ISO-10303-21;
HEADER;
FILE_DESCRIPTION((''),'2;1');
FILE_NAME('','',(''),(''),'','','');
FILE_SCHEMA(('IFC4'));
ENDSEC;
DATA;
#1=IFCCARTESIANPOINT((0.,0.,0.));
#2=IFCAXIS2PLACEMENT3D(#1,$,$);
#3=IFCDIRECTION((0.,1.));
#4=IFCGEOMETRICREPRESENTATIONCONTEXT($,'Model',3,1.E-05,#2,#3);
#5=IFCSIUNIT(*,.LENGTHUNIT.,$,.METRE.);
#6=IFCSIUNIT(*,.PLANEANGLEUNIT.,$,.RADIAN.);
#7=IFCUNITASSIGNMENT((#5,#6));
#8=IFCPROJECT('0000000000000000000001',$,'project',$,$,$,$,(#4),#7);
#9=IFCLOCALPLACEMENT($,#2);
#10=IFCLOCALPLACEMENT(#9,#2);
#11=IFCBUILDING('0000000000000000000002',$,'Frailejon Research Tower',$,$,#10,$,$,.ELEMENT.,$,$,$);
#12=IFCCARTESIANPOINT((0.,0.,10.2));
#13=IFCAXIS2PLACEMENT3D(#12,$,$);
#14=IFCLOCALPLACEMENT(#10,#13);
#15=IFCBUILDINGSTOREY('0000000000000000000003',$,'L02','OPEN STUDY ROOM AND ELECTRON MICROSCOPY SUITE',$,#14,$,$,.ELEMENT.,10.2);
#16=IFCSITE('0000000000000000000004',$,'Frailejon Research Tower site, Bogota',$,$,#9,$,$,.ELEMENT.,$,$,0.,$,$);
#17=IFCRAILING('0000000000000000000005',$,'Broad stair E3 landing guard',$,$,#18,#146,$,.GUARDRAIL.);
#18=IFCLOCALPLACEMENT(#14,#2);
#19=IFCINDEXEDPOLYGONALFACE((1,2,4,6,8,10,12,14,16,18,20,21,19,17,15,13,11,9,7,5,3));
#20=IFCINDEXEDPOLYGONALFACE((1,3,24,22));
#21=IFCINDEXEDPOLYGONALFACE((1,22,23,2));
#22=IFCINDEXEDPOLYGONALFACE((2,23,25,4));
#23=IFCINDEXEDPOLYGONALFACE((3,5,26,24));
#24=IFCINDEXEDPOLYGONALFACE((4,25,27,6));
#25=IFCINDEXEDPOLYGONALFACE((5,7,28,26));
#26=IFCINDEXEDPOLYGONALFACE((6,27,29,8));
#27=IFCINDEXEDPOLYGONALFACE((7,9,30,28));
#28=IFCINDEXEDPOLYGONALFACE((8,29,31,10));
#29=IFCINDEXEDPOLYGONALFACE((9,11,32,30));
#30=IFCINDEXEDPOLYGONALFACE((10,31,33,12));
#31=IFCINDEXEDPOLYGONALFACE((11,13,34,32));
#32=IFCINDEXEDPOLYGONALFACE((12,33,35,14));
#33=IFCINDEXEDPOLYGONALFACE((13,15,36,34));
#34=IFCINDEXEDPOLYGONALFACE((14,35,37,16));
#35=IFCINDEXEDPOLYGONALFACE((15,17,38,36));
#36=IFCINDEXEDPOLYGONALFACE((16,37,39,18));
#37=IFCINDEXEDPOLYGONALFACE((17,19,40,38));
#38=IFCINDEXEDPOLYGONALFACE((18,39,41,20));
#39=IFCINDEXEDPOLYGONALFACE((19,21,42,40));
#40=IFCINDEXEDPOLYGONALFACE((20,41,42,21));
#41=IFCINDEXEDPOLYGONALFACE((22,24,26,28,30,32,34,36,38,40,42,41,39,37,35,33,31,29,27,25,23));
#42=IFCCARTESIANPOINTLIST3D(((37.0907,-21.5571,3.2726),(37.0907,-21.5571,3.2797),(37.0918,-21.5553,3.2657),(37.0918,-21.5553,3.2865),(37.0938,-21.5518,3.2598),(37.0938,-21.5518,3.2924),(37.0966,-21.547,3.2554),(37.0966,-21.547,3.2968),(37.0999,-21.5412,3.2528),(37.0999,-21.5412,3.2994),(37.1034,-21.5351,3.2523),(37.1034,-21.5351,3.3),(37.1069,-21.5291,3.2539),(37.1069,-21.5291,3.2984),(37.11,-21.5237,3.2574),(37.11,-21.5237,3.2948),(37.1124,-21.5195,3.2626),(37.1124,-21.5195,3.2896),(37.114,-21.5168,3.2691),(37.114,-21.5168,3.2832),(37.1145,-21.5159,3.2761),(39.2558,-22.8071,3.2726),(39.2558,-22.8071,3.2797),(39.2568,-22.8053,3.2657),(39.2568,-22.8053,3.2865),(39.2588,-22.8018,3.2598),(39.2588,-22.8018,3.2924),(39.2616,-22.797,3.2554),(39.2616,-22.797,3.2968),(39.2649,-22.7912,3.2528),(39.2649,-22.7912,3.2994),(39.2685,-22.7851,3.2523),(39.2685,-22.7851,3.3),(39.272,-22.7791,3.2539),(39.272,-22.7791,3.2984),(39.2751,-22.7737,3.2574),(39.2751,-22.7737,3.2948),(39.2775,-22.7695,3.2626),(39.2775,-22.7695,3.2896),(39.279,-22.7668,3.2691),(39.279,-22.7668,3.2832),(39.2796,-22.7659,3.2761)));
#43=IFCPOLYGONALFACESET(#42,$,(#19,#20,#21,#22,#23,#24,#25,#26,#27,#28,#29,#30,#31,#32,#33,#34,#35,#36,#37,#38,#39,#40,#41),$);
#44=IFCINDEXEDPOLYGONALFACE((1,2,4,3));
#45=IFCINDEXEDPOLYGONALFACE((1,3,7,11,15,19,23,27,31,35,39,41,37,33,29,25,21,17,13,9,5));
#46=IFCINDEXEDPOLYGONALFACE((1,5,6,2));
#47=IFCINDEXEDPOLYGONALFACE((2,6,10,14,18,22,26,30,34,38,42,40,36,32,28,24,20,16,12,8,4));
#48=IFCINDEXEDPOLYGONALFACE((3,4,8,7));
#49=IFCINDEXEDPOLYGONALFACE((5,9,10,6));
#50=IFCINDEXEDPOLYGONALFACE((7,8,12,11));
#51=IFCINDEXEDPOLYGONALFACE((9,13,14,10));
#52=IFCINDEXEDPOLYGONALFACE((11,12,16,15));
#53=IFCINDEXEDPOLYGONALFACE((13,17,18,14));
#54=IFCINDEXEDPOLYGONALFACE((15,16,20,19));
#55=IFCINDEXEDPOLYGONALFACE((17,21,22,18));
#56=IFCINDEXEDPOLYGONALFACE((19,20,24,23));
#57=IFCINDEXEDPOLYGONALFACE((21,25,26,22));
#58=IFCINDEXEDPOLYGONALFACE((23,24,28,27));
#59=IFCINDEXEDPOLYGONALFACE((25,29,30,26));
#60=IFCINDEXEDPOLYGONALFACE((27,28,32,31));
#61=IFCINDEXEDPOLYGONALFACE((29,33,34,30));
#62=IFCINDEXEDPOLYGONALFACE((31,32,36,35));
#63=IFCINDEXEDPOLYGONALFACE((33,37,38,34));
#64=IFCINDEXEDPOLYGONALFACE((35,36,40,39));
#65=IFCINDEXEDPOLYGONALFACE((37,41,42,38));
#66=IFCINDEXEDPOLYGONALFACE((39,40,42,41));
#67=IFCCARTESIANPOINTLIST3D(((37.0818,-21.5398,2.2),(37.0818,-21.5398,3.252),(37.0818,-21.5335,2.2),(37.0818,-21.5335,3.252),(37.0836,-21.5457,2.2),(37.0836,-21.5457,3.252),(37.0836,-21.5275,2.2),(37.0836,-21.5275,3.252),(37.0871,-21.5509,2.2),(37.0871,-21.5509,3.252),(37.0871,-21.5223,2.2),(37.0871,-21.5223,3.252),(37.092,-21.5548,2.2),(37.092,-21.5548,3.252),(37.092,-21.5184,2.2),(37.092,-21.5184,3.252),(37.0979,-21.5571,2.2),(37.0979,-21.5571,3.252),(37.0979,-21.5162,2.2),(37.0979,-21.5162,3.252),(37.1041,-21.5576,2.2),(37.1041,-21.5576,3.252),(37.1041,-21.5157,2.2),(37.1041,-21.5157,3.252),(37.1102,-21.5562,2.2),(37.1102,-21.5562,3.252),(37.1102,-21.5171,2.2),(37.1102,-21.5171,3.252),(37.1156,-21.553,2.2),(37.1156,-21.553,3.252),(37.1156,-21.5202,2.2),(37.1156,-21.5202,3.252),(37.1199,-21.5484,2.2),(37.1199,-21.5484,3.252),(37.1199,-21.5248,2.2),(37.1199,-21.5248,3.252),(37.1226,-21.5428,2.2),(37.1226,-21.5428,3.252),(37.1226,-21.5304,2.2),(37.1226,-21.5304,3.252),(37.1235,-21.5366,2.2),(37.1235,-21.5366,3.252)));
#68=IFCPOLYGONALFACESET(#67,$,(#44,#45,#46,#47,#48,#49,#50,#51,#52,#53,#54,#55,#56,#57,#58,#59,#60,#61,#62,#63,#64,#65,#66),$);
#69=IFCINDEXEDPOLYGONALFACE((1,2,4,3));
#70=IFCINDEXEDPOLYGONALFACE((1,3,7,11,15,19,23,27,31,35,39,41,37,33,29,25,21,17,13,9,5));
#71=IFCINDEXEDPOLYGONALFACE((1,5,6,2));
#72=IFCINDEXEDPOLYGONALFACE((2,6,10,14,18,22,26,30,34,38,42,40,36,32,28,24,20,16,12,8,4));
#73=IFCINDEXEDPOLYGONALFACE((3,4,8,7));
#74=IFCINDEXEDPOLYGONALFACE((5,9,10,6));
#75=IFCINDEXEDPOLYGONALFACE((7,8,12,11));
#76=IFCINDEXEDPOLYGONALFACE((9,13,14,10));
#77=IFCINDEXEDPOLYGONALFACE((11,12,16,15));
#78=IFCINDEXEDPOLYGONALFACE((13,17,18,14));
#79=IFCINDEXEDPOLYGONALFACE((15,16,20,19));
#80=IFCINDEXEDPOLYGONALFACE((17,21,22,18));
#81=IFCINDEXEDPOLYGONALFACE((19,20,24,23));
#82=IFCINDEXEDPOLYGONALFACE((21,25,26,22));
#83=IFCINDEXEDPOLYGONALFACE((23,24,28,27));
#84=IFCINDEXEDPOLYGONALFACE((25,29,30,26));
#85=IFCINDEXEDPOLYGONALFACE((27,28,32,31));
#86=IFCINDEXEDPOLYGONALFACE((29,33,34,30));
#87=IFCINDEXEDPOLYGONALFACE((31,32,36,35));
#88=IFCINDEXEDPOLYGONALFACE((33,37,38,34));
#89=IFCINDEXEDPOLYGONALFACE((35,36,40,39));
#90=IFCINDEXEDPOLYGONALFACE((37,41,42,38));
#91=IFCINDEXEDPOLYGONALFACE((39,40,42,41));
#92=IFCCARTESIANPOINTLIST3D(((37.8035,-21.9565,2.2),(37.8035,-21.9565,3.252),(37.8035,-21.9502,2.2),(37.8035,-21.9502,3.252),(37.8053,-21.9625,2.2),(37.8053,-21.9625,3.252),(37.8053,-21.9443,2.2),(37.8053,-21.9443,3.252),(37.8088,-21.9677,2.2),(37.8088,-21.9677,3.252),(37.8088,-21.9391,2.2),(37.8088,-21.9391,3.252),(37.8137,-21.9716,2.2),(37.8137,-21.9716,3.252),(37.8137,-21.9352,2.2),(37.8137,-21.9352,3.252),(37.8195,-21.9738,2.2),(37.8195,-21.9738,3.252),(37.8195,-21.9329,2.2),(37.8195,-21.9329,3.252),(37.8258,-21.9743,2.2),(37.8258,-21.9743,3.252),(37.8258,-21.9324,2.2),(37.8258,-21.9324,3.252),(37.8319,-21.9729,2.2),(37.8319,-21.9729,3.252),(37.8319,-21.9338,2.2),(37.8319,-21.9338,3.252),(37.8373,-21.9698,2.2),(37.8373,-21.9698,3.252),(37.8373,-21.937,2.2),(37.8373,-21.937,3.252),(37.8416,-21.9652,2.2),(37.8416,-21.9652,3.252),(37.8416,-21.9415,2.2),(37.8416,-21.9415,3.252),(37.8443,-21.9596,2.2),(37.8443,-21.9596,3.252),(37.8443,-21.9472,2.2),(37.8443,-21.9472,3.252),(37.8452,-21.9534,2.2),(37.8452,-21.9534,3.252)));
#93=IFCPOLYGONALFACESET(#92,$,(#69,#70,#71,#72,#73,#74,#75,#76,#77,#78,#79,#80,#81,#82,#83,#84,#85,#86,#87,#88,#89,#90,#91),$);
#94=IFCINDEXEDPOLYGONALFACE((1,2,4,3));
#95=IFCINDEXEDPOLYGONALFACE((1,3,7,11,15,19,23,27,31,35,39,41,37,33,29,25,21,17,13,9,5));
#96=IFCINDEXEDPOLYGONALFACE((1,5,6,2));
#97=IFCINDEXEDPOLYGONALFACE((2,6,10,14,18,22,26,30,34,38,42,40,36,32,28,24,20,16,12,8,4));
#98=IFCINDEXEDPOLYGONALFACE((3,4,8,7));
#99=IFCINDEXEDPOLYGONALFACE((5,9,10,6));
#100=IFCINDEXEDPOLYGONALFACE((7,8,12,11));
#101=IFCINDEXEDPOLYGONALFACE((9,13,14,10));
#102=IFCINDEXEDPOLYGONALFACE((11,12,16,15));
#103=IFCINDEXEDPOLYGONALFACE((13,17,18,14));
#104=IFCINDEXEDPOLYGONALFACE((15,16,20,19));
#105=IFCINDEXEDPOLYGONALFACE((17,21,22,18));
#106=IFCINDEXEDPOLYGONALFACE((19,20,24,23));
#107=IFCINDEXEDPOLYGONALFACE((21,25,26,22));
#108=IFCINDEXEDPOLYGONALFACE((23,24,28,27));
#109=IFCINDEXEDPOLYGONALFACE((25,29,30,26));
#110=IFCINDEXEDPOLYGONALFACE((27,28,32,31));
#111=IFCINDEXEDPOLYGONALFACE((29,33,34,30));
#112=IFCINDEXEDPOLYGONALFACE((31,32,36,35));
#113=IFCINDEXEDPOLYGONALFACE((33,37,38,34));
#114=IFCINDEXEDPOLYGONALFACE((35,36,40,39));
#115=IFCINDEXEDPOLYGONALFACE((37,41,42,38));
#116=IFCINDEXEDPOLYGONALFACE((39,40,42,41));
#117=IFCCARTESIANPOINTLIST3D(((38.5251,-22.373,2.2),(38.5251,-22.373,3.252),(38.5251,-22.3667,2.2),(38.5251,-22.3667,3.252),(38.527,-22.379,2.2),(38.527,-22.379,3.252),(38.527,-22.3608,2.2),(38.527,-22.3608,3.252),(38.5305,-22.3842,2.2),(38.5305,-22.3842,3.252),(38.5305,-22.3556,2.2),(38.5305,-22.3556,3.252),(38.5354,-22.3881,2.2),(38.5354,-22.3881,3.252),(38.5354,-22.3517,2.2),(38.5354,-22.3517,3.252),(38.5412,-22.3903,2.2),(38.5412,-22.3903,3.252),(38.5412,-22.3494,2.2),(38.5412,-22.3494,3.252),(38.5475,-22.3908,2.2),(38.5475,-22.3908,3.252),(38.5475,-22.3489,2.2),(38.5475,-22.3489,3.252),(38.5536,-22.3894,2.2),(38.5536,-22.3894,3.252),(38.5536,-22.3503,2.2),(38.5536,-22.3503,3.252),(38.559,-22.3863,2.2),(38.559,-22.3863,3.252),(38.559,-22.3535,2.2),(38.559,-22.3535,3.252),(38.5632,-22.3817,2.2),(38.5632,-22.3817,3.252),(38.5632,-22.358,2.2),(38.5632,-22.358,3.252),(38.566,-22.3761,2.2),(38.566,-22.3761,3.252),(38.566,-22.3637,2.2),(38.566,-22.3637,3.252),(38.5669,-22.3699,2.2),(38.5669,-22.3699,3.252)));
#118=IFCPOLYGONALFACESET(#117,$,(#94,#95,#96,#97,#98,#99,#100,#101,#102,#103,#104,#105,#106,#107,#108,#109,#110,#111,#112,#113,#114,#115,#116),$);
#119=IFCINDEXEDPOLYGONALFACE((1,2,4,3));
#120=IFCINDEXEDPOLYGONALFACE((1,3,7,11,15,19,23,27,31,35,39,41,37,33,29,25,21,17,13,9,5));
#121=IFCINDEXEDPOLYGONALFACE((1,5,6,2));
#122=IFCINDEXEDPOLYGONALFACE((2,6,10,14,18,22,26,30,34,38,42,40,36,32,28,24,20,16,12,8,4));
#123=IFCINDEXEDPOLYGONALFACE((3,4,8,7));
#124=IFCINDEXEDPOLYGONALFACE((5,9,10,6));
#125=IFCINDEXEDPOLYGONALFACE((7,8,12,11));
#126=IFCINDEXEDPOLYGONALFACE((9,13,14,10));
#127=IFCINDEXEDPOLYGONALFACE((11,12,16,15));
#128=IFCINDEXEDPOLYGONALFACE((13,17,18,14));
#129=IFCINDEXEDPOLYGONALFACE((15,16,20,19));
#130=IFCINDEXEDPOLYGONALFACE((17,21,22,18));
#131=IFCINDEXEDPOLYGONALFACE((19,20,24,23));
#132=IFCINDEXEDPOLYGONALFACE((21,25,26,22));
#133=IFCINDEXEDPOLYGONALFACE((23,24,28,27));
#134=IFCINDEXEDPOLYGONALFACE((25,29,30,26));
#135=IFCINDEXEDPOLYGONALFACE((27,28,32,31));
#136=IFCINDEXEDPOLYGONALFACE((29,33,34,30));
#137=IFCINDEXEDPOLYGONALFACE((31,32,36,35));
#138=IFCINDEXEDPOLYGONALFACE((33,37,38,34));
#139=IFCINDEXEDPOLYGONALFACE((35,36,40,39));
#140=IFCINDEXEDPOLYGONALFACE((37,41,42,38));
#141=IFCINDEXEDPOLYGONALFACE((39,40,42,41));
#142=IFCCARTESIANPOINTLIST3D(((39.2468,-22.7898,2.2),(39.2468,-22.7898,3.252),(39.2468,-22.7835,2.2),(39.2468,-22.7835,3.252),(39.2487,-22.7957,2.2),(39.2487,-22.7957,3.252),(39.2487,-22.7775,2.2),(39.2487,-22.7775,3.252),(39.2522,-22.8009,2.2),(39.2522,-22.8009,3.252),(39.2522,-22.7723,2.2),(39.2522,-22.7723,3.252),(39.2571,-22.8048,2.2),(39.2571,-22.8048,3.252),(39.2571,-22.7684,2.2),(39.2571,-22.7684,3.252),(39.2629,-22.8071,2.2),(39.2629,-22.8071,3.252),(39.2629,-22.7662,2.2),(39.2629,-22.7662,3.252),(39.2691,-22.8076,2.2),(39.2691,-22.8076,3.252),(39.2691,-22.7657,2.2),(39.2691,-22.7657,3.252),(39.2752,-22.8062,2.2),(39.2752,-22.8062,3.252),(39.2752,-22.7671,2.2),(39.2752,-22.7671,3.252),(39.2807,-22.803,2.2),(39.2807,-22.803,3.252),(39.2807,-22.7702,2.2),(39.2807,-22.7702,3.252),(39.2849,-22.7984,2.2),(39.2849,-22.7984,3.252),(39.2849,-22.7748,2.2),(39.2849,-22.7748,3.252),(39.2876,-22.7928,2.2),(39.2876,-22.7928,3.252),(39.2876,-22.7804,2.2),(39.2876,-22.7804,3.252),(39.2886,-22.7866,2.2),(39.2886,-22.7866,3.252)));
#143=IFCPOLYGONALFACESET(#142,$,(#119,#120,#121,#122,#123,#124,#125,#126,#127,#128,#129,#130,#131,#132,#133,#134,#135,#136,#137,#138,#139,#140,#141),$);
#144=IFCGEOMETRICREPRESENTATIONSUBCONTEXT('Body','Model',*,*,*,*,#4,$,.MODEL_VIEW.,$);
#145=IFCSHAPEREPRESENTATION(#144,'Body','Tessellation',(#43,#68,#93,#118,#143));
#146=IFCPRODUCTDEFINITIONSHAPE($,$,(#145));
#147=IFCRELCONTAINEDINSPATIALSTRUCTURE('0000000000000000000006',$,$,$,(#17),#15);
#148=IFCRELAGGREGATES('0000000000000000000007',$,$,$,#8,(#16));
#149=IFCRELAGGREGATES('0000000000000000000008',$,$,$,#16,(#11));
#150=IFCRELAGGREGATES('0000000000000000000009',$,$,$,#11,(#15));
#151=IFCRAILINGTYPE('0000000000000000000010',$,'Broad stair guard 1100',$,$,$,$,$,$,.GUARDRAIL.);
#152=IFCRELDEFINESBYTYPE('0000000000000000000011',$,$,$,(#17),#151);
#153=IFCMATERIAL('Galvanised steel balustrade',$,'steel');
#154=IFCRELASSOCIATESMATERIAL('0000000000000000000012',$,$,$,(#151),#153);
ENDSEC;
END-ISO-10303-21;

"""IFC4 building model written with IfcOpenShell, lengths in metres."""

from ifc_helpers import new_model, si_unit, direction, frame, origin, origin_2d, place, context, subcontext, project, spatial, circle, extrude, material, type_object, element, save


model = new_model("IFC4")

# Units and contexts
model_context = context("Model", 3, precision=1e-05, world=origin(), true_north=direction((0.0, 1.0)))
body_context = subcontext(model_context, "Body", "Model", "MODEL_VIEW")
ifc_project = project(units=[si_unit("LENGTHUNIT", "METRE"), si_unit("PLANEANGLEUNIT", "RADIAN")], contexts=[model_context])

# Site, building, storey
site_placement = place(None, origin())
site = spatial("IfcSite", under=ifc_project, at=site_placement, Name="Frailejon Research Tower site, Bogota", CompositionType="ELEMENT", RefElevation=0.0)
building_placement = place(site_placement, origin())
building = spatial("IfcBuilding", under=site, at=building_placement, Name="Frailejon Research Tower", CompositionType="ELEMENT")
storey_placement = place(building_placement, frame((0.0, 0.0, 10.2)))
storey = spatial("IfcBuildingStorey", under=building, at=storey_placement, Name="L02", Description="OPEN STUDY ROOM AND ELECTRON MICROSCOPY SUITE", CompositionType="ELEMENT", Elevation=10.2)

# Railing
ifc_material_1 = material(Name="Galvanised steel balustrade", Category="steel")
railing_type_1 = type_object("IfcRailingType", Name="Broad stair guard 1100", PredefinedType="GUARDRAIL", material=ifc_material_1)
railing_1_placement = place(storey_placement, frame((37.1025, -21.5366, 2.2)))
element("IfcRailing", 1, at=railing_1_placement, inside=storey, type_object=railing_type_1, Name="Broad stair E3 landing guard", PredefinedType="GUARDRAIL", context=body_context, shape_type="SweptSolid", body=[
    extrude(circle(Radius=0.0239, at=origin_2d()), frame((0.0, 0.0, 1.0762), z_axis=(0.866023, -0.500004, 0.0), x_axis=(0.500004, 0.866023, 0.0)), (0.0, 0.0, 1.0), 2.5),
    extrude(circle(Radius=0.021, at=origin_2d()), origin(), (0.0, 0.0, 1.0), 1.052),
    extrude(circle(Radius=0.021, at=origin_2d()), frame((0.7217, -0.4167, 0.0)), (0.0, 0.0, 1.0), 1.052),
    extrude(circle(Radius=0.021, at=origin_2d()), frame((1.4434, -0.8333, 0.0)), (0.0, 0.0, 1.0), 1.052),
    extrude(circle(Radius=0.021, at=origin_2d()), frame((2.165, -1.25, 0.0)), (0.0, 0.0, 1.0), 1.052),
])

save(model, "model.ifc")
